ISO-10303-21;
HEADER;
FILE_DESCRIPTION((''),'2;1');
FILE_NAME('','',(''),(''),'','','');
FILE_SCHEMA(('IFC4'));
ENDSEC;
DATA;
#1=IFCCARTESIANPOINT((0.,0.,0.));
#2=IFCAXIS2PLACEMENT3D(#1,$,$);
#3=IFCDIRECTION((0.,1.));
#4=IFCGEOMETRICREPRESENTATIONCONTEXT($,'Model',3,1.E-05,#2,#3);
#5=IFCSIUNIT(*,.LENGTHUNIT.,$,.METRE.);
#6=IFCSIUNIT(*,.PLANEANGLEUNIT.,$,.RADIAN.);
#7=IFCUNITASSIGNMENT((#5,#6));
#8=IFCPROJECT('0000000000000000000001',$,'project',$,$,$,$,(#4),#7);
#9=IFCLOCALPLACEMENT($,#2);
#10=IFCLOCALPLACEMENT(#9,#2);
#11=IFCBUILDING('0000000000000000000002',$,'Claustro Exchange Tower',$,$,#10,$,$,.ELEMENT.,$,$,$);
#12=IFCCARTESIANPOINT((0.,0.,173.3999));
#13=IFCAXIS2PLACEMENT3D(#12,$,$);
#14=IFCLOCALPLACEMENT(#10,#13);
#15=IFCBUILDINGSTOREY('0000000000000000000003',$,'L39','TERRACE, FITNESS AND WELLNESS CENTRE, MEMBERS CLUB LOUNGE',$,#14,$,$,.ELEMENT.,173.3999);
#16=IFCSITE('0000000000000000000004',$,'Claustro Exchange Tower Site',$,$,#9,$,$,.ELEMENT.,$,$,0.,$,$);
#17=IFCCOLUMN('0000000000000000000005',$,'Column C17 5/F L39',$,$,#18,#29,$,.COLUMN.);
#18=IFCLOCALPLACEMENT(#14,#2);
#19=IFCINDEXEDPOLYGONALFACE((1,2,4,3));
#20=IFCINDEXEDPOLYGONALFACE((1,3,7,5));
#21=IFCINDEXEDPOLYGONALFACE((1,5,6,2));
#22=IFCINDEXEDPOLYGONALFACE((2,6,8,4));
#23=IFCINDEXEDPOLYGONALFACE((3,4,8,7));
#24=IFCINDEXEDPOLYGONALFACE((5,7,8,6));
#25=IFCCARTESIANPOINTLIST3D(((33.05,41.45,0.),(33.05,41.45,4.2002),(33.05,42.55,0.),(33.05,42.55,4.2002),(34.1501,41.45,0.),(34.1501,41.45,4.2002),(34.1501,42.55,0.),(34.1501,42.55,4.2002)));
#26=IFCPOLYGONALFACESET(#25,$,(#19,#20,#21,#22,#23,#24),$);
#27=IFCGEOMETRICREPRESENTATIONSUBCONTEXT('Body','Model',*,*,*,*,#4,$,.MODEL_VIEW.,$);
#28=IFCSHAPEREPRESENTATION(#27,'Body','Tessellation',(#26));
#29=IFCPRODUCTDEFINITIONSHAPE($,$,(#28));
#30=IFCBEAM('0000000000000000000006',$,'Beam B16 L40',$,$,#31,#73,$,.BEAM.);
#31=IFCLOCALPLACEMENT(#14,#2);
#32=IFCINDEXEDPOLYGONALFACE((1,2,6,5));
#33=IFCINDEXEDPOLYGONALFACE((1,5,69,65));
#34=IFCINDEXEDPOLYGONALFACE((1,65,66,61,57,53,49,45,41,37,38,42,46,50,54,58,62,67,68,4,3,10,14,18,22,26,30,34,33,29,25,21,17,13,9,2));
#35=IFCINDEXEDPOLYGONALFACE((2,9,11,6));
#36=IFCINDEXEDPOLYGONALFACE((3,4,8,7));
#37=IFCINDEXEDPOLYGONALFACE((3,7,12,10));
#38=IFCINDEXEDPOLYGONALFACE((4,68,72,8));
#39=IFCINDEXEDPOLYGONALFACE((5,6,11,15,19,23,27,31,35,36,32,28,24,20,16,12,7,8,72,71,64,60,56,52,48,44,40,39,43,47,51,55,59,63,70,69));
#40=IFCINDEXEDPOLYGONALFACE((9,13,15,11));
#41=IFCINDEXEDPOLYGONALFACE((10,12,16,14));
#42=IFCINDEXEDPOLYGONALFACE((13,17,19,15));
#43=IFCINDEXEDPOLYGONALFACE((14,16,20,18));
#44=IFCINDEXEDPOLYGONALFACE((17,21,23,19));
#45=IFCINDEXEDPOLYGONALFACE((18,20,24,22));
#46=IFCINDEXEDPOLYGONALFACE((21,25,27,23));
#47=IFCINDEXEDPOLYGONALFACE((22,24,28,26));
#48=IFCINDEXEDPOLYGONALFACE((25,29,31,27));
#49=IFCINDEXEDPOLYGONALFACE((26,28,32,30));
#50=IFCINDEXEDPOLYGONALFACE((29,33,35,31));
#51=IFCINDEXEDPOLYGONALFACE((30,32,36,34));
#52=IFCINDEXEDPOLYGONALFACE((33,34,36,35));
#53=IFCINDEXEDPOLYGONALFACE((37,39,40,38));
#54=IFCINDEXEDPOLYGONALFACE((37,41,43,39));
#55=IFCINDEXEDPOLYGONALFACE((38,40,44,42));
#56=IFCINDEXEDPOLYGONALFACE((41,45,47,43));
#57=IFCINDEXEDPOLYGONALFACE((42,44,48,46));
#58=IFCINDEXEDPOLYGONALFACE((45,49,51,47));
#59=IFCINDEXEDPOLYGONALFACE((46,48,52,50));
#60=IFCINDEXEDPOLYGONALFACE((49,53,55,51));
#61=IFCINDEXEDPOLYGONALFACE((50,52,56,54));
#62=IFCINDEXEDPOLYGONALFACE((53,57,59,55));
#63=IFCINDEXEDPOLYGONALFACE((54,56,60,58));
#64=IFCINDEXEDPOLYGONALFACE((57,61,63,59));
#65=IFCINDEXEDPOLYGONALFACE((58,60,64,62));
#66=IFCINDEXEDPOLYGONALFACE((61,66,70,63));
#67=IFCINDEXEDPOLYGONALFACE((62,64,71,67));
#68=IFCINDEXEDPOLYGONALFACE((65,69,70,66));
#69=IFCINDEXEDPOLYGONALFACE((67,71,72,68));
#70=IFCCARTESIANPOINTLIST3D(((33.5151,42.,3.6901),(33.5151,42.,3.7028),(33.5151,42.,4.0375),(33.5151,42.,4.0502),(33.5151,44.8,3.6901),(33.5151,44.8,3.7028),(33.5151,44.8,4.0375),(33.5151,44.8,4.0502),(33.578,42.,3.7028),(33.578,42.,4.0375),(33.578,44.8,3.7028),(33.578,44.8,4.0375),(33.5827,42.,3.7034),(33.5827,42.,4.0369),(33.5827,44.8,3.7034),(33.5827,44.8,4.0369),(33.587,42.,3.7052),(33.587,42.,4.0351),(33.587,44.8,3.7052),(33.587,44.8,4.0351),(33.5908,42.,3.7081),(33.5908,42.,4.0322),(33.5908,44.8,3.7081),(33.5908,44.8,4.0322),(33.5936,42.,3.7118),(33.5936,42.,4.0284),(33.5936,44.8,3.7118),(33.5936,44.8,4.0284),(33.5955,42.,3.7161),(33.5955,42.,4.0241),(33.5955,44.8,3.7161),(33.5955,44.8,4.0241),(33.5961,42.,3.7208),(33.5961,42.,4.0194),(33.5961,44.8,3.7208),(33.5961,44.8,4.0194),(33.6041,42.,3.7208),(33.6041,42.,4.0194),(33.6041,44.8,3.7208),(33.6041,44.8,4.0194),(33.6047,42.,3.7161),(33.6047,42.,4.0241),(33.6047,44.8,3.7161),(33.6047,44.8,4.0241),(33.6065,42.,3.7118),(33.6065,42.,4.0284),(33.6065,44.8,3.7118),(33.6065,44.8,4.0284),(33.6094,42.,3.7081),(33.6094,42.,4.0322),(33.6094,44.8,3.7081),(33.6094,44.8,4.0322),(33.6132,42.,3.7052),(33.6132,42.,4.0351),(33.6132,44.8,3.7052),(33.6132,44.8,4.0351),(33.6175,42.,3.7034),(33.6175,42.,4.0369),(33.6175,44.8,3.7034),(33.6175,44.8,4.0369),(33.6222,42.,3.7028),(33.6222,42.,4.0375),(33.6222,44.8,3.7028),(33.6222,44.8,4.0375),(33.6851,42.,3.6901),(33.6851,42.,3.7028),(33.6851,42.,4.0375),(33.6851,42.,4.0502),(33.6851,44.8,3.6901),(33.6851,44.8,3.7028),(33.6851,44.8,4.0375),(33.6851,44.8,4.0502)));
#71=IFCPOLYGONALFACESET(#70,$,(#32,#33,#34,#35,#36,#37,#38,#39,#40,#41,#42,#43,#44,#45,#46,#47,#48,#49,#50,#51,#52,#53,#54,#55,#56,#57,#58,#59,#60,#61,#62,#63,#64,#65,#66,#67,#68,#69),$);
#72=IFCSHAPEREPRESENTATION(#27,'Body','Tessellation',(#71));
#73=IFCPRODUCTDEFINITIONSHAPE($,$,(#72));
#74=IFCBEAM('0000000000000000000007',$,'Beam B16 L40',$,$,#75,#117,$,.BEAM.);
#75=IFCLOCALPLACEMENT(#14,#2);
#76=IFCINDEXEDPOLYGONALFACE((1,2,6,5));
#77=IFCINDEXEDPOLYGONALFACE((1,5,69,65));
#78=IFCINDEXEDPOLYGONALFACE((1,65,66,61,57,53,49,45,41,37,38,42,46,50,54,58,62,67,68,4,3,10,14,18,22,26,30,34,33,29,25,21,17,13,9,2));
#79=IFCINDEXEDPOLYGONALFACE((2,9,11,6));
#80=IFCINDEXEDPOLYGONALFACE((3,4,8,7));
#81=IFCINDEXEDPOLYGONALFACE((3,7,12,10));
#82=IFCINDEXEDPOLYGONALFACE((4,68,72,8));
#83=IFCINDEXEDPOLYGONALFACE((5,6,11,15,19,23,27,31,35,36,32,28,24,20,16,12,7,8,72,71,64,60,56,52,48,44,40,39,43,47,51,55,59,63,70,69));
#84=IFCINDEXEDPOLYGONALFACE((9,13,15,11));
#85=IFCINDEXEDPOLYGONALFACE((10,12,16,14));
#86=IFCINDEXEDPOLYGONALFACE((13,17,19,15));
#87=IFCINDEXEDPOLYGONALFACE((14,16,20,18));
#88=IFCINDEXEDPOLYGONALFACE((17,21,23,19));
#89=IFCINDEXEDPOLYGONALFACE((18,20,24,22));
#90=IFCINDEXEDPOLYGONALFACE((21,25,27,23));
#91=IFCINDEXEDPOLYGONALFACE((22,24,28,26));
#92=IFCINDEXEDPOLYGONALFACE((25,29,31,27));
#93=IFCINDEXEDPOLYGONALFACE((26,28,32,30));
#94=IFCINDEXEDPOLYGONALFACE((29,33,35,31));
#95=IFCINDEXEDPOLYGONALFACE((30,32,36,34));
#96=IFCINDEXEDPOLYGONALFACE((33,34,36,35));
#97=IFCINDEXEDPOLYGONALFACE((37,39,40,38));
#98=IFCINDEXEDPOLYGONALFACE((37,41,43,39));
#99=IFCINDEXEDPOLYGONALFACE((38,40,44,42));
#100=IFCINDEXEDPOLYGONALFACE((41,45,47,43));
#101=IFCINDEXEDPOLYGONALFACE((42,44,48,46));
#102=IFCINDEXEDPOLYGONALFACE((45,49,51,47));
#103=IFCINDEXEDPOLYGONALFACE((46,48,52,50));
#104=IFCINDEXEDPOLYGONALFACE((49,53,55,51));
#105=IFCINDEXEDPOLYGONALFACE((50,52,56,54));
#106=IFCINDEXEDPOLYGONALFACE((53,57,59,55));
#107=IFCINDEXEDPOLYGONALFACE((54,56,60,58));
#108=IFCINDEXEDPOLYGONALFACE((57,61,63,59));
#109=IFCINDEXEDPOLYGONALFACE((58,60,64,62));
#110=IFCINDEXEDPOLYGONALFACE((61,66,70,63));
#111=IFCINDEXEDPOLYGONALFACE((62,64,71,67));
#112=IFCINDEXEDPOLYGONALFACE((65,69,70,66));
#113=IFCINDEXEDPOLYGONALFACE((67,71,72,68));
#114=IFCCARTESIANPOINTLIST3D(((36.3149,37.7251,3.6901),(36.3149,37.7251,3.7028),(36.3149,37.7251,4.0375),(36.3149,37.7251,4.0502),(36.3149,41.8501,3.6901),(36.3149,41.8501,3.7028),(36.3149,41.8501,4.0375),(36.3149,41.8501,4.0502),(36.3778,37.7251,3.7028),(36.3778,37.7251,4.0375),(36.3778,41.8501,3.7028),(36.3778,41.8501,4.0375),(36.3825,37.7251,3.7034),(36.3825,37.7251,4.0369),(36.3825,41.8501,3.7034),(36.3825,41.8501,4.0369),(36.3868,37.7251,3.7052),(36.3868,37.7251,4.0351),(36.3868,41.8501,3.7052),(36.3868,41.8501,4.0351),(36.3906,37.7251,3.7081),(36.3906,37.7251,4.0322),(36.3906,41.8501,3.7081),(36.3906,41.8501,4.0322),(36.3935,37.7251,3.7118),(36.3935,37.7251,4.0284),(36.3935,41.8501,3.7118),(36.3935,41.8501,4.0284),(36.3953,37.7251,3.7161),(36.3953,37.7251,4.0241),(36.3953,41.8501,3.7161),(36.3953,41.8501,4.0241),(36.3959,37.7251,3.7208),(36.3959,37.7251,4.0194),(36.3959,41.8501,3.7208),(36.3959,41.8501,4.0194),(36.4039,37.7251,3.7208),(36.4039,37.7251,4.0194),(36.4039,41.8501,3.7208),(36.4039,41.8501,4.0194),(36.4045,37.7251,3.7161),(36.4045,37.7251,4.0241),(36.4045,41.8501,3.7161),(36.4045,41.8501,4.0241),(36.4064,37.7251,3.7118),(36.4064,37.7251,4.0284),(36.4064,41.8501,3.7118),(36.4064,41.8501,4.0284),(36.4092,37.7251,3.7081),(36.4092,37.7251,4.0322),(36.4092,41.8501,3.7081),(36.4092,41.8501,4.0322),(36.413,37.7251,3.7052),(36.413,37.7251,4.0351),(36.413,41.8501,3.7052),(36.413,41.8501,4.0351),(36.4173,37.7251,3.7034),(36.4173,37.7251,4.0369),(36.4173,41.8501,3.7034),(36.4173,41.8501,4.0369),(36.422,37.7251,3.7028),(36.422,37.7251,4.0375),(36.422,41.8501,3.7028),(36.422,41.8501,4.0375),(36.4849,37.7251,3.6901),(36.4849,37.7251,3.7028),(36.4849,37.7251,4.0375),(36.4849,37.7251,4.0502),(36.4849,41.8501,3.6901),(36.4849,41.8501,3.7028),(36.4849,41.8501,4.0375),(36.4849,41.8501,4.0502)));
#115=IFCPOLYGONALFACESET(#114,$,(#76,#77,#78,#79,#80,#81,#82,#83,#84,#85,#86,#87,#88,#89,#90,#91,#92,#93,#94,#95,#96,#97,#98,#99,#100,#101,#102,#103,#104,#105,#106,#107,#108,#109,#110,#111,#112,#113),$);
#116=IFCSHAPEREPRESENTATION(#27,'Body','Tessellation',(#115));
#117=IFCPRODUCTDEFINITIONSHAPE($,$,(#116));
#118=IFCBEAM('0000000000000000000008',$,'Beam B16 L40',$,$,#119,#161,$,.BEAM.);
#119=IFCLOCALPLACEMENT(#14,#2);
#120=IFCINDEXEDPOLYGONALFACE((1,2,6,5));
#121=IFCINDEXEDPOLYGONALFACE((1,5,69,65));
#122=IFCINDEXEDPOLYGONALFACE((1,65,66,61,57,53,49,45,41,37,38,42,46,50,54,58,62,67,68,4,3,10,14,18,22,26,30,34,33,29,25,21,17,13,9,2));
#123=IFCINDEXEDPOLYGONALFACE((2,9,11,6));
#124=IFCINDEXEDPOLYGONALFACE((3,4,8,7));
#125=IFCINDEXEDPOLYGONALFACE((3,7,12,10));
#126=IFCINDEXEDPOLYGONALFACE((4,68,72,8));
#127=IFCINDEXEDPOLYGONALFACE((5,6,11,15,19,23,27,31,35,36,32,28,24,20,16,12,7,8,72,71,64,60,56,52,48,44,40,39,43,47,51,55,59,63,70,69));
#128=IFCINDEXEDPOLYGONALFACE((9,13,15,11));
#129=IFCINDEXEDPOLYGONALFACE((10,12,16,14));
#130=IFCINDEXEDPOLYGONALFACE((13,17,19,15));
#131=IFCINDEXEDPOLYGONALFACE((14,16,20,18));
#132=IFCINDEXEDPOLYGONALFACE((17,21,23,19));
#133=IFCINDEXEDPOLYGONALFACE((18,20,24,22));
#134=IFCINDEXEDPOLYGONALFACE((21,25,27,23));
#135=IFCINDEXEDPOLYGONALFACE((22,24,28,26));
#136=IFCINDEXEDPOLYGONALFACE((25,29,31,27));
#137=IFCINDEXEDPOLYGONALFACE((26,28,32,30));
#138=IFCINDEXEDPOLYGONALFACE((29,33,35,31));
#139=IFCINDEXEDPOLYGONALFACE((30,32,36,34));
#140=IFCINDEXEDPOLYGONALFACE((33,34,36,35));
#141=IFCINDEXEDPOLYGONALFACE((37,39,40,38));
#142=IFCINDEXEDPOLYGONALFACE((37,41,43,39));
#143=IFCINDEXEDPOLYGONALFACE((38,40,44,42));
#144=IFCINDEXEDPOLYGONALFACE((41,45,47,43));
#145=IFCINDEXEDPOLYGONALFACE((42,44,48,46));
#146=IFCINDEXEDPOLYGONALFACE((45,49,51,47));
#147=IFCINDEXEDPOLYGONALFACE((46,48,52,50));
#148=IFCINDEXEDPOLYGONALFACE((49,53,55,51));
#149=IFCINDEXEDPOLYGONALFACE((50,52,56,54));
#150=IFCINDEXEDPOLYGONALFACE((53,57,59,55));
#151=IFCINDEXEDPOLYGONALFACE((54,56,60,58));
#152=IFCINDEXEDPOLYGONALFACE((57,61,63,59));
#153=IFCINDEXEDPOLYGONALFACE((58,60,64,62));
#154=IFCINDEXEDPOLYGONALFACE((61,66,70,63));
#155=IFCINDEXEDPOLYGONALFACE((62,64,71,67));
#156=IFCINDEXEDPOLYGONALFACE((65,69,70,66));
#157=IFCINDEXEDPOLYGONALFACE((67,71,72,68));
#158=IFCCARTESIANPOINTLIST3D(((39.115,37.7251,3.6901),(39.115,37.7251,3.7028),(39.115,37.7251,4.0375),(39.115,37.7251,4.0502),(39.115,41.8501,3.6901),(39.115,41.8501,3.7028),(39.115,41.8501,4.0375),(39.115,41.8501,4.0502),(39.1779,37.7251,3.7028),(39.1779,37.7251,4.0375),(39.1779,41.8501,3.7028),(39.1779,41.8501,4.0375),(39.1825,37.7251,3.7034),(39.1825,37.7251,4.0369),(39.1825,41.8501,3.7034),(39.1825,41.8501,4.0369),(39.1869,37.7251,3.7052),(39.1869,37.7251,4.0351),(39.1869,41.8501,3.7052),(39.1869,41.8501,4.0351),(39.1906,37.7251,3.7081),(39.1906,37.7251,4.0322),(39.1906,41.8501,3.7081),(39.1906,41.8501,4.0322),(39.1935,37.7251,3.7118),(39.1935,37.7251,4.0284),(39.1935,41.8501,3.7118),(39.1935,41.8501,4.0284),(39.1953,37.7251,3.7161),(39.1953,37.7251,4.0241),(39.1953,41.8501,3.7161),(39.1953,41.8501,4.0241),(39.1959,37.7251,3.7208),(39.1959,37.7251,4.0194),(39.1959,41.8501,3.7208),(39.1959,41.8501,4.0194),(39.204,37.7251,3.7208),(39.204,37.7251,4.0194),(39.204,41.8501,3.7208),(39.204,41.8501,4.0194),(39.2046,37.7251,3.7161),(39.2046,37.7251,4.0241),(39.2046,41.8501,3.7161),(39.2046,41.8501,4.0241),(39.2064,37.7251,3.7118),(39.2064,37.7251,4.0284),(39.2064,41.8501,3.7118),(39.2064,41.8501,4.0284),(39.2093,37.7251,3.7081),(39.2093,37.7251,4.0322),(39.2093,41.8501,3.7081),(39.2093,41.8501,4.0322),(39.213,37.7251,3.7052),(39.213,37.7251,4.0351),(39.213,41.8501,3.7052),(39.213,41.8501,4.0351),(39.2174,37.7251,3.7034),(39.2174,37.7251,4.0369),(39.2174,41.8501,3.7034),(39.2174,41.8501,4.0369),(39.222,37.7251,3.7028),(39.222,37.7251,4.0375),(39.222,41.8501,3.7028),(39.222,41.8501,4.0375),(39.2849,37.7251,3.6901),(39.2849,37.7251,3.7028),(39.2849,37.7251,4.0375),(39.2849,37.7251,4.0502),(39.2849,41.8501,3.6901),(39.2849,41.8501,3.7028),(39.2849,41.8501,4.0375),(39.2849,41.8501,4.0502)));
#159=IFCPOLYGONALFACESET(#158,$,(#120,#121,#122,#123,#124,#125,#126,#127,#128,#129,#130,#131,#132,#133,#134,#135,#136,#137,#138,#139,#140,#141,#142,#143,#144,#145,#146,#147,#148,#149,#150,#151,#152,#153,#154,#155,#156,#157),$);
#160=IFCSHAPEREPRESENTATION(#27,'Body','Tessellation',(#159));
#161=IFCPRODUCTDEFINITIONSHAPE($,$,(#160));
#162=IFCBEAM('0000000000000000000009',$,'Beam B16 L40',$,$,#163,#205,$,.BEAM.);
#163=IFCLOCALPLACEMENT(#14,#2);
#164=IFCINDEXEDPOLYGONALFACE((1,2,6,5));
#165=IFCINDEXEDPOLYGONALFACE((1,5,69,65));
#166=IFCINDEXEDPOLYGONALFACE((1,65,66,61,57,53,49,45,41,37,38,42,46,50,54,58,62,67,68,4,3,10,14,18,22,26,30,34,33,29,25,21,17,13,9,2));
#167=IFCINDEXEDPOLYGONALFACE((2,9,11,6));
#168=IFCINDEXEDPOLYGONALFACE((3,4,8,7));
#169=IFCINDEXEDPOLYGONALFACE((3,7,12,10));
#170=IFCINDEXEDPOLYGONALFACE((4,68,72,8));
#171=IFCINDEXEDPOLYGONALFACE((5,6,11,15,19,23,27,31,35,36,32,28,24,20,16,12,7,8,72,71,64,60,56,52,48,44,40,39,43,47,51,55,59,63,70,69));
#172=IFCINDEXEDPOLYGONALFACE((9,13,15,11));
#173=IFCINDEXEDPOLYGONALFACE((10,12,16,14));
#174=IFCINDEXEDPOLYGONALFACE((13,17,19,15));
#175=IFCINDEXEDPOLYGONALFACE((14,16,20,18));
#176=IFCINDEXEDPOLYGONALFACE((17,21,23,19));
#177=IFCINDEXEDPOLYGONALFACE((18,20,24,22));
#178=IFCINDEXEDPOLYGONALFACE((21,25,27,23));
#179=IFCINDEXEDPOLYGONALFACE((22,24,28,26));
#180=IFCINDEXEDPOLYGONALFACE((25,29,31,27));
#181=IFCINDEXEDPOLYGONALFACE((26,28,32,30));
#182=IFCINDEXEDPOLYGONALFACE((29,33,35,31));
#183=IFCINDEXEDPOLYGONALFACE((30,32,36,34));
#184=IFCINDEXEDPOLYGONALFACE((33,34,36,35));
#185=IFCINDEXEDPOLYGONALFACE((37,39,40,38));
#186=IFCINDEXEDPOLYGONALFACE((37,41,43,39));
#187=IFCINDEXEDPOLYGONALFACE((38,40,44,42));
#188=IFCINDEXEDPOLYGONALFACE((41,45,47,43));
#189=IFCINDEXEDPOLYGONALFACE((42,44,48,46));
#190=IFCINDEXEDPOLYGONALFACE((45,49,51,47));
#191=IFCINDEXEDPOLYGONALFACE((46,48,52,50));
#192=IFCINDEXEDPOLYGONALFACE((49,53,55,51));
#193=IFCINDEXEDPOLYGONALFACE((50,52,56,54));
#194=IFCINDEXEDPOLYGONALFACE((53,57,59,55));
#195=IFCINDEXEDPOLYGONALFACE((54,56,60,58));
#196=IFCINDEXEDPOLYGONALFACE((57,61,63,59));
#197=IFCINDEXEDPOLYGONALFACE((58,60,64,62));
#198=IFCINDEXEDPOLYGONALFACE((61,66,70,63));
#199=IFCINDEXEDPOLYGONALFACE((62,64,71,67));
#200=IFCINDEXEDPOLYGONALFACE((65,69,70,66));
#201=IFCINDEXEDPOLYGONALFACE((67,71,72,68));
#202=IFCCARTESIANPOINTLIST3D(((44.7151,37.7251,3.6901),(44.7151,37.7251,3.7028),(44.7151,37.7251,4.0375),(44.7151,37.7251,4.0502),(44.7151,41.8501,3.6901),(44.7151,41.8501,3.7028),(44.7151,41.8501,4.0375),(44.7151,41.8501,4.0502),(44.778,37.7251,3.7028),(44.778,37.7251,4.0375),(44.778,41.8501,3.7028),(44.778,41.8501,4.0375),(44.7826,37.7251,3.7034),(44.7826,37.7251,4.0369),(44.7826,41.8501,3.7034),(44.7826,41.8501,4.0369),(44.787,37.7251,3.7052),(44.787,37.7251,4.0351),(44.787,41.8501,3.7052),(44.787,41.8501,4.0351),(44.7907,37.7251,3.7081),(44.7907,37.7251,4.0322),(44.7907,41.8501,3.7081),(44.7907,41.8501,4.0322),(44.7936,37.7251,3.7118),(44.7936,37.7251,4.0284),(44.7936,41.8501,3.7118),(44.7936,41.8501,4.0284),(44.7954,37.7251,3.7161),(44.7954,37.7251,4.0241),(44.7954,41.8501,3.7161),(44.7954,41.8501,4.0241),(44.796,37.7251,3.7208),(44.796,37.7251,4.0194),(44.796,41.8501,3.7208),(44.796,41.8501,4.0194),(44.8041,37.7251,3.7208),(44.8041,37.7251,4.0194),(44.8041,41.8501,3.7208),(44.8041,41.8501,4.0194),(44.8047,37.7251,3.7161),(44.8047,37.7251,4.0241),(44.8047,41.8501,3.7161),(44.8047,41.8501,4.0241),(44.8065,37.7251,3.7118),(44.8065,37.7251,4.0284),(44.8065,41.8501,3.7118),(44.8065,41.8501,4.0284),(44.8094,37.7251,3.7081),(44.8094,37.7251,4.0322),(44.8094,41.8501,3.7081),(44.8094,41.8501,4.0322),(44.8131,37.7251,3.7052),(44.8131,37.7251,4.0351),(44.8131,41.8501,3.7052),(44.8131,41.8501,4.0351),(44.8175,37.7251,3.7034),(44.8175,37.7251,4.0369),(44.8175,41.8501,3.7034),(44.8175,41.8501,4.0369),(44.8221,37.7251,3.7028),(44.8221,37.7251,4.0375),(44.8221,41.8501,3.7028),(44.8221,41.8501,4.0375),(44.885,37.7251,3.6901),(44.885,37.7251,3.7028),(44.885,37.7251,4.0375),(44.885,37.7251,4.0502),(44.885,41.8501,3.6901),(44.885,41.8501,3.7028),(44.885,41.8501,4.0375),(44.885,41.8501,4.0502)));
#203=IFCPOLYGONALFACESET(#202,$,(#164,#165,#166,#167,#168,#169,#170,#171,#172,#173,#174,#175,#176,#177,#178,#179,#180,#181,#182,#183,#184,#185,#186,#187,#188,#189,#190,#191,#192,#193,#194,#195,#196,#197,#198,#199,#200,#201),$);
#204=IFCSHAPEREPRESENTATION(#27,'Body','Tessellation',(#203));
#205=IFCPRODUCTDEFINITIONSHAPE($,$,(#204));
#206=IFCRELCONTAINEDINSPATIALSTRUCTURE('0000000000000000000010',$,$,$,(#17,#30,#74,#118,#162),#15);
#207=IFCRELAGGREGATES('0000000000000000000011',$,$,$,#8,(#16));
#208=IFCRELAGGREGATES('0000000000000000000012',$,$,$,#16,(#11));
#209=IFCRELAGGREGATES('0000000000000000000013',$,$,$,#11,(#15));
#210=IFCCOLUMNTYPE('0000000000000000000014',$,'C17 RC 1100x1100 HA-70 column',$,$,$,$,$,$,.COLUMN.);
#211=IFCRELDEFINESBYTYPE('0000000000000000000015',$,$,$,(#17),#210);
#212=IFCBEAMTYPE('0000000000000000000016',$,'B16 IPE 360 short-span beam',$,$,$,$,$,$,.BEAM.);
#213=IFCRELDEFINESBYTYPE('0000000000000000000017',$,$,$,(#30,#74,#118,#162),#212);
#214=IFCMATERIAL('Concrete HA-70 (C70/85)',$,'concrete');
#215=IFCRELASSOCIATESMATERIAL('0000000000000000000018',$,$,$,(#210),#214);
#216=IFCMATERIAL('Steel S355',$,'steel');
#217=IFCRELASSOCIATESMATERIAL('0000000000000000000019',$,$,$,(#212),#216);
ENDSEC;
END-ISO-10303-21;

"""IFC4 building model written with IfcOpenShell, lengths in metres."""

from ifc_helpers import new_model, si_unit, direction, frame, origin, origin_2d, place, context, subcontext, project, spatial, rectangle, i_section, extrude, material, material_profile, profile_set, type_object, element, save


model = new_model("IFC4")

# Units and contexts
model_context = context("Model", 3, precision=1e-05, world=origin(), true_north=direction((0.0, 1.0)))
body_context = subcontext(model_context, "Body", "Model", "MODEL_VIEW")
ifc_project = project(units=[si_unit("LENGTHUNIT", "METRE"), si_unit("PLANEANGLEUNIT", "RADIAN")], contexts=[model_context])

# Site, building, storey
site_placement = place(None, origin())
site = spatial("IfcSite", under=ifc_project, at=site_placement, Name="Claustro Exchange Tower Site", CompositionType="ELEMENT", RefElevation=0.0)
building_placement = place(site_placement, origin())
building = spatial("IfcBuilding", under=site, at=building_placement, Name="Claustro Exchange Tower", CompositionType="ELEMENT")
storey_placement = place(building_placement, frame((0.0, 0.0, 173.3999)))
storey = spatial("IfcBuildingStorey", under=building, at=storey_placement, Name="L39", Description="TERRACE, FITNESS AND WELLNESS CENTRE, MEMBERS CLUB LOUNGE", CompositionType="ELEMENT", Elevation=173.3999)

# Column
ifc_material_1 = material(Name="Concrete HA-70 (C70/85)", Category="concrete")
ifc_material_profile_1 = material_profile(ifc_material_1, rectangle(XDim=1.1001, YDim=1.1001, at=origin_2d()), Name="RC 1100x1100")
ifc_profile_set_1 = profile_set([ifc_material_profile_1], Name="Concrete HA-70 (C70/85)")
column_type = type_object("IfcColumnType", Name="C17 RC 1100x1100 HA-70 column", PredefinedType="COLUMN", material=ifc_profile_set_1)
column_placement = place(storey_placement, frame((33.6001, 42.0, 0.0), z_axis=(0.0, 0.0, 1.0), x_axis=(1.0, 0.0, 0.0)))
element("IfcColumn", 1, at=column_placement, inside=storey, type_object=column_type, Name="Column C17 5/F L39", PredefinedType="COLUMN", context=body_context, shape_type="SweptSolid", body=[
    extrude(rectangle(XDim=1.1001, YDim=1.1001, at=origin_2d()), origin(), (0.0, 0.0, 1.0), 4.2002),
])

# Beams
ifc_material_2 = material(Name="Steel S355", Category="steel")
ifc_material_profile_2 = material_profile(ifc_material_2, i_section(OverallWidth=0.1699, OverallDepth=0.3601, WebThickness=0.0081, FlangeThickness=0.0127, FilletRadius=0.0181, at=origin_2d()), Name="IPE 360")
ifc_profile_set_2 = profile_set([ifc_material_profile_2], Name="Steel S355")
beam_type_1 = type_object("IfcBeamType", Name="B16 IPE 360 short-span beam", PredefinedType="BEAM", material=ifc_profile_set_2)
beam_1_placement = place(storey_placement, frame((33.6001, 42.0, 3.8701), z_axis=(0.0, 1.0, 0.0), x_axis=(-1.0, 0.0, 0.0)))
element("IfcBeam", 2, at=beam_1_placement, inside=storey, type_object=beam_type_1, Name="Beam B16 L40", PredefinedType="BEAM", context=body_context, shape_type="SweptSolid", body=[
    extrude(i_section(OverallWidth=0.1699, OverallDepth=0.3601, WebThickness=0.0081, FlangeThickness=0.0127, FilletRadius=0.0181, at=origin_2d()), origin(), (0.0, 0.0, 1.0), 2.8),
])
for number, where, z_axis, x_axis, name in (
    (3, (36.3999, 37.7251, 3.8701), (0.0, 1.0, 0.0), (-1.0, 0.0, 0.0), "Beam B16 L40"),
    (4, (39.2, 37.7251, 3.8701), (0.0, 1.0, 0.0), (-1.0, 0.0, 0.0), "Beam B16 L40"),
    (5, (44.8, 37.7251, 3.8701), (0.0, 1.0, 0.0), (-1.0, 0.0, 0.0), "Beam B16 L40"),
):
    element("IfcBeam", number, at=place(storey_placement, frame(where, z_axis=z_axis, x_axis=x_axis)), inside=storey, type_object=beam_type_1, Name=name, PredefinedType="BEAM", context=body_context, shape_type="SweptSolid", body=[
        extrude(i_section(OverallWidth=0.1699, OverallDepth=0.3601, WebThickness=0.0081, FlangeThickness=0.0127, FilletRadius=0.0181, at=origin_2d()), origin(), (0.0, 0.0, 1.0), 4.125),
    ])

save(model, "model.ifc")
